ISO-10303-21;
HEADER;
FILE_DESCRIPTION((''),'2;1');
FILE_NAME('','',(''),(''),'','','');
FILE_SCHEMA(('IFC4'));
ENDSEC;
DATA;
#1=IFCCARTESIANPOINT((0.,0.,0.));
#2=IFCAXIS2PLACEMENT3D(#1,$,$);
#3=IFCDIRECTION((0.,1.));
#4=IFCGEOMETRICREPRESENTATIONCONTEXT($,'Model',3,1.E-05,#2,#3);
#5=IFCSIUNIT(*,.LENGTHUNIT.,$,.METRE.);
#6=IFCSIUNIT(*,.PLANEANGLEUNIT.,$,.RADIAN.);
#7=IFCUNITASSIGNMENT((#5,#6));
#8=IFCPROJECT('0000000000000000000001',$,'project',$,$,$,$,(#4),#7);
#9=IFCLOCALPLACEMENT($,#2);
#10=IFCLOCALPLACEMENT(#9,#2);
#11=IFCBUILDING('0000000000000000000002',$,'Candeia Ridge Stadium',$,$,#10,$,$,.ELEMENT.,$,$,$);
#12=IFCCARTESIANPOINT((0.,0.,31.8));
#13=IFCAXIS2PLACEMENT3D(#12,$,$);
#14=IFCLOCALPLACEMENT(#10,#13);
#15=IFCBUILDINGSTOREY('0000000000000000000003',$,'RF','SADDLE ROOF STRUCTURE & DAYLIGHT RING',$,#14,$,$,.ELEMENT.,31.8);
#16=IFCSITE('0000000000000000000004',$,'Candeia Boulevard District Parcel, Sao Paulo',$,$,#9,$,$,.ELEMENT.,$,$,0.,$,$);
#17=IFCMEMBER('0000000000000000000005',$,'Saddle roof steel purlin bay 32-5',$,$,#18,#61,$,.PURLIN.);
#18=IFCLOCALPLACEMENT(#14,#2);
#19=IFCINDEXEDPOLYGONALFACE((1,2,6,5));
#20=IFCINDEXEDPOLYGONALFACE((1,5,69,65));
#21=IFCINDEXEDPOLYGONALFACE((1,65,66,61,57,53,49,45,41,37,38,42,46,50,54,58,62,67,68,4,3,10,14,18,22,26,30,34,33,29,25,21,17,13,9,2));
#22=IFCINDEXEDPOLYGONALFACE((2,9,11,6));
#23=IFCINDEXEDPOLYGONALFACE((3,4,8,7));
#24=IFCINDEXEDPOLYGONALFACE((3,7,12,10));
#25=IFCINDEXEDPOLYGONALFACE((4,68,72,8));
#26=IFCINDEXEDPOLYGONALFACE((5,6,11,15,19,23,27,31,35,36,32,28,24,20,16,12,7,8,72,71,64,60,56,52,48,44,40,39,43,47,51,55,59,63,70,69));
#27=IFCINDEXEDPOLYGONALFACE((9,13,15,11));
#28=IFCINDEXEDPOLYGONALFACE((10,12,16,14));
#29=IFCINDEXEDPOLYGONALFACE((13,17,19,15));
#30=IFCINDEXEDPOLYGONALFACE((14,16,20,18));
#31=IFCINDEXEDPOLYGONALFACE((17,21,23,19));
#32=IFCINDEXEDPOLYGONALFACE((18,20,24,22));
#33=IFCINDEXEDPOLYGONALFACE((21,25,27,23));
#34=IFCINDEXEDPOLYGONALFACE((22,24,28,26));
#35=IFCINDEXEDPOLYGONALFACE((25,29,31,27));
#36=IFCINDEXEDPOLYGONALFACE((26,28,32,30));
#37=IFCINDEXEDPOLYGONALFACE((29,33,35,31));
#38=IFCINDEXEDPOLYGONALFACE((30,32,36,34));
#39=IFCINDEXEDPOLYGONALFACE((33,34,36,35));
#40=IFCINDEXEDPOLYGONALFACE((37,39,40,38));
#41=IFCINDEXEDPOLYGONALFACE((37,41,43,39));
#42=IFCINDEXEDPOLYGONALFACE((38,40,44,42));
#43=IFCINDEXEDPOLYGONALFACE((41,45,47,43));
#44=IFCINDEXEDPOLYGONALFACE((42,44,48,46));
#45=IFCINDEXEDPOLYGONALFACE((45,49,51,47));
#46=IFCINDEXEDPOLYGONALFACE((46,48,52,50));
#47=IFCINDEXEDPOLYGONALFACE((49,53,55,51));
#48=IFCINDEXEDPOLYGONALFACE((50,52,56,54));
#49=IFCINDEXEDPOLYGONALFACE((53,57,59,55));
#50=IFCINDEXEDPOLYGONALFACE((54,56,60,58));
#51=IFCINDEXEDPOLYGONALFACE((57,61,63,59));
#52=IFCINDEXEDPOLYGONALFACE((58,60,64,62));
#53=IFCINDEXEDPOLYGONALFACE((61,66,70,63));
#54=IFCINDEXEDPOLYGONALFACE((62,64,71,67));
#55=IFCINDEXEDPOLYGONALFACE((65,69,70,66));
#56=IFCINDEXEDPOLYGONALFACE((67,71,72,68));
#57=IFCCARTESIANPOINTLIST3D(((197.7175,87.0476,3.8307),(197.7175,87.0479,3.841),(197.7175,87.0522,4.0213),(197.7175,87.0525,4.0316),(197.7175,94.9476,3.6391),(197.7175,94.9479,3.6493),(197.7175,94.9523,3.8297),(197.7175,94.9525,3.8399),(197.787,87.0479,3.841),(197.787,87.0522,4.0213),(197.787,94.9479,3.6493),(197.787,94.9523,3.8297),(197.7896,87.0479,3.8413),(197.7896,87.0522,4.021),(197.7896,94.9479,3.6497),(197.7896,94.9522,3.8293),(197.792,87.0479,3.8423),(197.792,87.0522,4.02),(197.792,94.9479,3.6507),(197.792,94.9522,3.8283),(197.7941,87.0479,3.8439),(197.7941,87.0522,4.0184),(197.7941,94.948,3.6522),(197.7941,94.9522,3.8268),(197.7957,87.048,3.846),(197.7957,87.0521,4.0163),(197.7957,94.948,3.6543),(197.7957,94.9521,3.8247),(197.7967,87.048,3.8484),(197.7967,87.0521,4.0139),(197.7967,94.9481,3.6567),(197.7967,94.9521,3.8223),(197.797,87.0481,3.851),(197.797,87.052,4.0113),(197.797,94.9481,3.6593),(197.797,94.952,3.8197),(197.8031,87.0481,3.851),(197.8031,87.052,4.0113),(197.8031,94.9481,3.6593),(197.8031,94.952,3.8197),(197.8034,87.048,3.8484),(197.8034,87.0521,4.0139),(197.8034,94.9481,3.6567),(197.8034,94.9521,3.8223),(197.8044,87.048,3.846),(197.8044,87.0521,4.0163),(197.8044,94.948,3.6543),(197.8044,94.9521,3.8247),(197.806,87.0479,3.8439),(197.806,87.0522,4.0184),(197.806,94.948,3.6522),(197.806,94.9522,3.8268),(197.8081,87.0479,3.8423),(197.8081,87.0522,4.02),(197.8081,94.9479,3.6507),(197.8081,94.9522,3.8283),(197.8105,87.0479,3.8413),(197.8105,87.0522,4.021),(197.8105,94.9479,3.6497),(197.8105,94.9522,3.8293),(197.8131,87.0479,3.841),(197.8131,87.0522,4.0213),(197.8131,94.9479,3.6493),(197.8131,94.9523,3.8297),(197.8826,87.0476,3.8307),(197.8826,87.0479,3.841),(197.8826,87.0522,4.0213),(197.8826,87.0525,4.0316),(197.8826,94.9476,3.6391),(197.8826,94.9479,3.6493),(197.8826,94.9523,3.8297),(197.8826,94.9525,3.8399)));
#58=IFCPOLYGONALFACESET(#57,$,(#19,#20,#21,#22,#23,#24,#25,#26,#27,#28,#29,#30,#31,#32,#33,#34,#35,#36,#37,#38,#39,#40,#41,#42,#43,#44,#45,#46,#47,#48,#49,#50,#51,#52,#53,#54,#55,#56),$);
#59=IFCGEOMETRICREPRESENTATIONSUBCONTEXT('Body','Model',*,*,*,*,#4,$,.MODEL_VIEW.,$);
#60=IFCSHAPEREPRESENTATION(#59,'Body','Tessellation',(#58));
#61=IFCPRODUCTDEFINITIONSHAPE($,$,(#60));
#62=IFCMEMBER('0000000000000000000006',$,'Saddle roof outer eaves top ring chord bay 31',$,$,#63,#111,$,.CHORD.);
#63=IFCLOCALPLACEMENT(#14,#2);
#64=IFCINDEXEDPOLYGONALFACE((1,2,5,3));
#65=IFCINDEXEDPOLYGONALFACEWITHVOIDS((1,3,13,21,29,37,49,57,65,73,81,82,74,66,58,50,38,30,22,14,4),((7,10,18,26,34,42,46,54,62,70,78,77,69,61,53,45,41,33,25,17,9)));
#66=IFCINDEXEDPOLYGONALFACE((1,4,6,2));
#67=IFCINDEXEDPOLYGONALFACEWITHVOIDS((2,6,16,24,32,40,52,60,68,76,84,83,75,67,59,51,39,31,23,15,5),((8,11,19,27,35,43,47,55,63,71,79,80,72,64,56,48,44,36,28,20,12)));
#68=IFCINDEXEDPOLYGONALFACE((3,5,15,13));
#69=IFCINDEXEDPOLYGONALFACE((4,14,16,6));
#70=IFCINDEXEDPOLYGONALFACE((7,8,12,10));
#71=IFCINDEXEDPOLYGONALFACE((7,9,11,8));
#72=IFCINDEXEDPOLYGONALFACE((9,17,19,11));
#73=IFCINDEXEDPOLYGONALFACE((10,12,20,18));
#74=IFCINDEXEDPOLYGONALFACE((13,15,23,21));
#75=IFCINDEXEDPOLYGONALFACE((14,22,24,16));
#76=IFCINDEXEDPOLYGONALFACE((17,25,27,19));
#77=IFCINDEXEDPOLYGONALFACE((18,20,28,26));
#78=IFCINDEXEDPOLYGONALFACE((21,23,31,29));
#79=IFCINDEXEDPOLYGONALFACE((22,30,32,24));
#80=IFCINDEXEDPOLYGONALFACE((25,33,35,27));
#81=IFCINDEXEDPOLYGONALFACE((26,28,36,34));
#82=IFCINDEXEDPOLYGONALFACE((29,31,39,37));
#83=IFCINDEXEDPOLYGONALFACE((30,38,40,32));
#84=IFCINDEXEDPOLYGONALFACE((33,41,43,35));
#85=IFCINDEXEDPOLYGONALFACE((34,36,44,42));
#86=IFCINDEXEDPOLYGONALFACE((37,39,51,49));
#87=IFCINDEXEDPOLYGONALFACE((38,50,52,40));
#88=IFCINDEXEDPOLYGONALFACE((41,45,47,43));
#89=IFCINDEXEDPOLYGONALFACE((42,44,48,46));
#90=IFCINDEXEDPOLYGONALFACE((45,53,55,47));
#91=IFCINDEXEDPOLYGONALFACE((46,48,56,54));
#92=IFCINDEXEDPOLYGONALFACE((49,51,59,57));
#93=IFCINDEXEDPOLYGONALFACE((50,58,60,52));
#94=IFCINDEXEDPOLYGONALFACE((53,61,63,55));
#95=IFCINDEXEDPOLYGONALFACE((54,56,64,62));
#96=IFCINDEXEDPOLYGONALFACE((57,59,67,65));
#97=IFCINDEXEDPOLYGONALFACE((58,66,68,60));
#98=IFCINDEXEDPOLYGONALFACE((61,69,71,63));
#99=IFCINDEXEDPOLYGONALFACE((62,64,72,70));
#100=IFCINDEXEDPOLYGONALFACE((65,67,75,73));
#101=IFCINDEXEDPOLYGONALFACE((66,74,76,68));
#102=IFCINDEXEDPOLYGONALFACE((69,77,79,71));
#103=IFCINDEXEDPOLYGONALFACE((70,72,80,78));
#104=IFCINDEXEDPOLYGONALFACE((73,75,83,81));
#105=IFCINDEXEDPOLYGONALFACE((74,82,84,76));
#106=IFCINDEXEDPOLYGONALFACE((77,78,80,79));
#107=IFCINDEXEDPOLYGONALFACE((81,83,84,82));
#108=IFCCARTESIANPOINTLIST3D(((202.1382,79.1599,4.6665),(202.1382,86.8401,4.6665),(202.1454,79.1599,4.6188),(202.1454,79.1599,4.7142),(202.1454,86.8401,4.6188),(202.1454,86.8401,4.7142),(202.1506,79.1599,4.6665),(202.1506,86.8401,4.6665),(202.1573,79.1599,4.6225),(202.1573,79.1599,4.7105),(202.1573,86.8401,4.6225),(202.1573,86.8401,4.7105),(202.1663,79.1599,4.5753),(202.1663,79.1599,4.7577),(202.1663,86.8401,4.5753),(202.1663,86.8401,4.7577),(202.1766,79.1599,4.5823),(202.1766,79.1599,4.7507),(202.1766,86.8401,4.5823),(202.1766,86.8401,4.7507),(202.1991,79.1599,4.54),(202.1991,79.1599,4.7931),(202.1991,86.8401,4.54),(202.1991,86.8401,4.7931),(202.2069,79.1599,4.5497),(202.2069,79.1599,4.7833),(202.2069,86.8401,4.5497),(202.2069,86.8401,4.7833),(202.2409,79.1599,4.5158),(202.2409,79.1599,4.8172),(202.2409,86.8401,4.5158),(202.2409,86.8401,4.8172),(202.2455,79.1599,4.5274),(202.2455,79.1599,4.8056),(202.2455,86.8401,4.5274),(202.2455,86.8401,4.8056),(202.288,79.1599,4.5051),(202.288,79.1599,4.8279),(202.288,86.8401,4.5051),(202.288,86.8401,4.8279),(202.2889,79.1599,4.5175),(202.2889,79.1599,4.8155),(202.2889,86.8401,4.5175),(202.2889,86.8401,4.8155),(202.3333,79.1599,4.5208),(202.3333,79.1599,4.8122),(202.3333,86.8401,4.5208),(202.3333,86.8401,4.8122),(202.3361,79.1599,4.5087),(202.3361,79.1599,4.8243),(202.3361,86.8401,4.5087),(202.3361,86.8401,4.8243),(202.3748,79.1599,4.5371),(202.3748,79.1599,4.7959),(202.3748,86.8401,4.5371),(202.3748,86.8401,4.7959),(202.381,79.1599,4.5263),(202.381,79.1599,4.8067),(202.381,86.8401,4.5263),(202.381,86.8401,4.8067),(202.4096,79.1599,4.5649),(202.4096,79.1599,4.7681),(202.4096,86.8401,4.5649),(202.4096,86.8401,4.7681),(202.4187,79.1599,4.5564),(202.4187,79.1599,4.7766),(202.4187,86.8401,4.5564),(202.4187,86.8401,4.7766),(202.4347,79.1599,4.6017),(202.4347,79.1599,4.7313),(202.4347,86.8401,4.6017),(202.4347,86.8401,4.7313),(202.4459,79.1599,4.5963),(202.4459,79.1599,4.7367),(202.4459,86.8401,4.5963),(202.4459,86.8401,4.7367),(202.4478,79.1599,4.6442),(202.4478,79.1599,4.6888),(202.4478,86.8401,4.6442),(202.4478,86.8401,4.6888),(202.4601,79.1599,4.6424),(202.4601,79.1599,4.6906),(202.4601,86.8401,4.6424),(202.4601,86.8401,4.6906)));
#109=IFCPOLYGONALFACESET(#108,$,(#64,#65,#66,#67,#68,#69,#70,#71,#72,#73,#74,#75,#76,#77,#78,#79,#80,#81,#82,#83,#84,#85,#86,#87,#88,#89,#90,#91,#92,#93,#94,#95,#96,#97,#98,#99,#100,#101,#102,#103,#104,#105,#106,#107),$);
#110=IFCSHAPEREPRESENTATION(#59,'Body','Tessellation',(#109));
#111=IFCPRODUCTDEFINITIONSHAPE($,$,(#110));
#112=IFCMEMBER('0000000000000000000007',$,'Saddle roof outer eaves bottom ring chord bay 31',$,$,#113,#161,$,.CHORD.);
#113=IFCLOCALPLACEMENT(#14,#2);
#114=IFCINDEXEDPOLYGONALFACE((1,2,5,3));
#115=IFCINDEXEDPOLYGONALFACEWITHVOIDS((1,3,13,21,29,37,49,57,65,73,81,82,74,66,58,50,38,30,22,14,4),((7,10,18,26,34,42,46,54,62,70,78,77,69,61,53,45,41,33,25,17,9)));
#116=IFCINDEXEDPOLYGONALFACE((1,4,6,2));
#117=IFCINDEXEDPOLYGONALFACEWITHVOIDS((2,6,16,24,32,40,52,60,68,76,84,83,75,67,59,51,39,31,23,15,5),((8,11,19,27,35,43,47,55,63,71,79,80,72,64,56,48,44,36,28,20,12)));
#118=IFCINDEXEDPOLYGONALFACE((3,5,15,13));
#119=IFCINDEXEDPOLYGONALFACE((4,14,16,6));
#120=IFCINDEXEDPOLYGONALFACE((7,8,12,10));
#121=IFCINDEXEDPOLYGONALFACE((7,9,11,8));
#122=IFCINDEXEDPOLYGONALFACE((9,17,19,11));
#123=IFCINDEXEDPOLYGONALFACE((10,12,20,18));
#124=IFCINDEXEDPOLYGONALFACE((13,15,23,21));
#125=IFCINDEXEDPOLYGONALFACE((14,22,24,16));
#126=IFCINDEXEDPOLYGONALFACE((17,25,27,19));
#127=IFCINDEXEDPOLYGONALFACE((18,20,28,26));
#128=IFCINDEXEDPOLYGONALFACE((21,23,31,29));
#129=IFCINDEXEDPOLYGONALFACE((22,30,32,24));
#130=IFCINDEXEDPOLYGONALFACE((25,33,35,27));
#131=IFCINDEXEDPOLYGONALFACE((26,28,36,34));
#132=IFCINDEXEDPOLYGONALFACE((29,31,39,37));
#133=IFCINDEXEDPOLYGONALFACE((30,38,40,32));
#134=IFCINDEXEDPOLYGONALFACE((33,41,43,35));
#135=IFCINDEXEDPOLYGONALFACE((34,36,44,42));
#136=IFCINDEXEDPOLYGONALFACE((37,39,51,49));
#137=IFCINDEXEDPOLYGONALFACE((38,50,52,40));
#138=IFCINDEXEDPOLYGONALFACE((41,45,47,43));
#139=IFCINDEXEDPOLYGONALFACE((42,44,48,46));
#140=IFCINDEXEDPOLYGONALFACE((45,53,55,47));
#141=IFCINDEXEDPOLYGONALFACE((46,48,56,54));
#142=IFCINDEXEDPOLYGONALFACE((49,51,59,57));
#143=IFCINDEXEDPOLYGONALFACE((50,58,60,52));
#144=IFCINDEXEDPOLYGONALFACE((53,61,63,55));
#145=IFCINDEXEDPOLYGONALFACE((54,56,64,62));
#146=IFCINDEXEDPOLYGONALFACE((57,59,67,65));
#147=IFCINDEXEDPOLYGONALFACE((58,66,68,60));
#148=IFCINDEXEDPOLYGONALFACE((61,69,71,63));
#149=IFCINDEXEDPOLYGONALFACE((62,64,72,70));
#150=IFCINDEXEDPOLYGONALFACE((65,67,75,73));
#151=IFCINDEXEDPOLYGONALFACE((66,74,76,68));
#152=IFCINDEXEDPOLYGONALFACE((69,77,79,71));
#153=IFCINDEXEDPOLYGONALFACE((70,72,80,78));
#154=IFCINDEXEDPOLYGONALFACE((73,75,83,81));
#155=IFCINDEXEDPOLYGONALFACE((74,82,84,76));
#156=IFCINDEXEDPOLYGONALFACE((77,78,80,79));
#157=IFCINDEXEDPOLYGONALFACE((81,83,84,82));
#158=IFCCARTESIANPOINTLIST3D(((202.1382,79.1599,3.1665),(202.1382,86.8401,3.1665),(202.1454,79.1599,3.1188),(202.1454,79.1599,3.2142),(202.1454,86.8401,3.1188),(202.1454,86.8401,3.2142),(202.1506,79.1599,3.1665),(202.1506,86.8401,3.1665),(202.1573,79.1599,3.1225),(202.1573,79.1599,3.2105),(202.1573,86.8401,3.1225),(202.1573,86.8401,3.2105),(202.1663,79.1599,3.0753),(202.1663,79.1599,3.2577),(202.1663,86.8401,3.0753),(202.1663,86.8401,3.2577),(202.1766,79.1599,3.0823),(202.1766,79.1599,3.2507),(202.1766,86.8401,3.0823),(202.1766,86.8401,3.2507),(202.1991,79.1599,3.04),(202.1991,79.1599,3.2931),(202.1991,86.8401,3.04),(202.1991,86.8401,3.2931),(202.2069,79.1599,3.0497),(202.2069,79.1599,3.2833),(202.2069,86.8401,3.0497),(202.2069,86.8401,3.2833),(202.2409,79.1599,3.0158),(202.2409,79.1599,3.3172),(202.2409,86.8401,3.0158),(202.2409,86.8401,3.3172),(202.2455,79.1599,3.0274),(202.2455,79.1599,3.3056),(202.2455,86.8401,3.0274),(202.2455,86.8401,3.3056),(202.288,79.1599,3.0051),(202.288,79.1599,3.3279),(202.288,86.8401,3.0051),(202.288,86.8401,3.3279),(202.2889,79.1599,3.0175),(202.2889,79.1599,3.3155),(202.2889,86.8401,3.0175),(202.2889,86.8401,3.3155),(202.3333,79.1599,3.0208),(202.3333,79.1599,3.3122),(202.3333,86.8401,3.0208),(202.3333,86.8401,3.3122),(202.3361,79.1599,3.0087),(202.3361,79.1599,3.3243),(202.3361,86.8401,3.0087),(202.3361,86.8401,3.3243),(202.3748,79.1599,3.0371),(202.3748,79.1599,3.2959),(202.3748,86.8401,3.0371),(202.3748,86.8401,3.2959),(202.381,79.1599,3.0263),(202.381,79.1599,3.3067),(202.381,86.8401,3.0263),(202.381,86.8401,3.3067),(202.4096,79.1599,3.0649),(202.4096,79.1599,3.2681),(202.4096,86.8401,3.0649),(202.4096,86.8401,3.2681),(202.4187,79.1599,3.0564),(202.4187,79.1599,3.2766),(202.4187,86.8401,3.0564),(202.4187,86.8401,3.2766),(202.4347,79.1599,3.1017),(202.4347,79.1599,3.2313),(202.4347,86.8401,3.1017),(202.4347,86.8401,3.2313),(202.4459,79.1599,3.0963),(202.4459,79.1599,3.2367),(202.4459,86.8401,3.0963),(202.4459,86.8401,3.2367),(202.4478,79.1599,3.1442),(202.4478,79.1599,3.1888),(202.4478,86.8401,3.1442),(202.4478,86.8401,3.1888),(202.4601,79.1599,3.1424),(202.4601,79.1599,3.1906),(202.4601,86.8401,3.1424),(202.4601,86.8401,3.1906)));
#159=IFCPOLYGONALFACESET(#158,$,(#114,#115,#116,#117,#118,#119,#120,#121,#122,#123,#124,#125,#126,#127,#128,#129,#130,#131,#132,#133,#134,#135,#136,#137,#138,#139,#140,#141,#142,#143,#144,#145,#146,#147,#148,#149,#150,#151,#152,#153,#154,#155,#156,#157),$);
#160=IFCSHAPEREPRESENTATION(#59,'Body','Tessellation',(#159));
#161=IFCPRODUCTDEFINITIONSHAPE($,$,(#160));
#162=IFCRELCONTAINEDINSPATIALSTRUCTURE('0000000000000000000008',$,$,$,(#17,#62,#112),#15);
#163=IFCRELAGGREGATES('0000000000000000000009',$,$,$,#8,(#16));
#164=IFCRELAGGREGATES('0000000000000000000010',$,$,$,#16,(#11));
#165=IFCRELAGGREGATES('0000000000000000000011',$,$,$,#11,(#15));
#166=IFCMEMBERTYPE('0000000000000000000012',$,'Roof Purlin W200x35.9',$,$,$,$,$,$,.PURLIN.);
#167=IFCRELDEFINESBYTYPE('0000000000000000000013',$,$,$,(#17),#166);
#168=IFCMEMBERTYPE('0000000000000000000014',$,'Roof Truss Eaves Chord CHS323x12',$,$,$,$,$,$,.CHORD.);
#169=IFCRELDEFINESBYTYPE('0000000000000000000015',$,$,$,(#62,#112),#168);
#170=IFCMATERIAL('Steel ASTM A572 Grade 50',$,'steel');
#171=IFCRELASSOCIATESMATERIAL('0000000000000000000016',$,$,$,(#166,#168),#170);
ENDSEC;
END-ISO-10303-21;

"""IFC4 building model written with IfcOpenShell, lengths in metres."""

from ifc_helpers import new_model, si_unit, direction, frame, origin, origin_2d, place, context, subcontext, project, spatial, hollow_circle, i_section, extrude, material, material_profile, profile_set, type_object, element, save


model = new_model("IFC4")

# Units and contexts
model_context = context("Model", 3, precision=1e-05, world=origin(), true_north=direction((0.0, 1.0)))
body_context = subcontext(model_context, "Body", "Model", "MODEL_VIEW")
ifc_project = project(units=[si_unit("LENGTHUNIT", "METRE"), si_unit("PLANEANGLEUNIT", "RADIAN")], contexts=[model_context])

# Site, building, storey
site_placement = place(None, origin())
site = spatial("IfcSite", under=ifc_project, at=site_placement, Name="Candeia Boulevard District Parcel, Sao Paulo", CompositionType="ELEMENT", RefElevation=0.0)
building_placement = place(site_placement, origin())
building = spatial("IfcBuilding", under=site, at=building_placement, Name="Candeia Ridge Stadium", CompositionType="ELEMENT")
storey_placement = place(building_placement, frame((0.0, 0.0, 31.8)))
storey = spatial("IfcBuildingStorey", under=building, at=storey_placement, Name="RF", Description="SADDLE ROOF STRUCTURE & DAYLIGHT RING", CompositionType="ELEMENT", Elevation=31.8)

# Shared definitions
ifc_material_1 = material(Name="Steel ASTM A572 Grade 50", Category="steel")

# Members
ifc_material_profile_1 = material_profile(ifc_material_1, i_section(OverallWidth=0.165, OverallDepth=0.2009, WebThickness=0.0061, FlangeThickness=0.0103, FilletRadius=0.01, at=origin_2d()), Name="W200x35.9", Category="steel")
ifc_profile_set_1 = profile_set([ifc_material_profile_1], Name="Steel ASTM A572 Grade 50")
member_type_1 = type_object("IfcMemberType", Name="Roof Purlin W200x35.9", PredefinedType="PURLIN", material=ifc_profile_set_1)
member_1_placement = place(storey_placement, frame((197.8, 87.05, 3.9312), z_axis=(0.0, 0.999706, -0.024253), x_axis=(-1.0, 0.0, 0.0)))
element("IfcMember", 1, at=member_1_placement, inside=storey, type_object=member_type_1, Name="Saddle roof steel purlin bay 32-5", PredefinedType="PURLIN", context=body_context, shape_type="SweptSolid", body=[
    extrude(i_section(OverallWidth=0.165, OverallDepth=0.2009, WebThickness=0.0061, FlangeThickness=0.0103, FilletRadius=0.01, at=origin_2d()), origin(), (0.0, 0.0, 1.0), 7.9023),
])
ifc_material_profile_2 = material_profile(ifc_material_1, hollow_circle(Radius=0.1619, WallThickness=0.0125, at=origin_2d()), Name="CHS323x12", Category="steel")
ifc_profile_set_2 = profile_set([ifc_material_profile_2], Name="Steel ASTM A572 Grade 50")
member_type_2 = type_object("IfcMemberType", Name="Roof Truss Eaves Chord CHS323x12", PredefinedType="CHORD", material=ifc_profile_set_2)
for number, where, z_axis, x_axis, name in (
    (2, (202.3, 79.1599, 4.6665), (0.0, 1.0, 0.0), (-1.0, 0.0, 0.0), "Saddle roof outer eaves top ring chord bay 31"),
    (3, (202.3, 79.1599, 3.1665), (0.0, 1.0, 0.0), (-1.0, 0.0, 0.0), "Saddle roof outer eaves bottom ring chord bay 31"),
):
    element("IfcMember", number, at=place(storey_placement, frame(where, z_axis=z_axis, x_axis=x_axis)), inside=storey, type_object=member_type_2, Name=name, PredefinedType="CHORD", context=body_context, shape_type="SweptSolid", body=[
        extrude(hollow_circle(Radius=0.1619, WallThickness=0.0125, at=origin_2d()), origin(), (0.0, 0.0, 1.0), 7.6802),
    ])

save(model, "model.ifc")
